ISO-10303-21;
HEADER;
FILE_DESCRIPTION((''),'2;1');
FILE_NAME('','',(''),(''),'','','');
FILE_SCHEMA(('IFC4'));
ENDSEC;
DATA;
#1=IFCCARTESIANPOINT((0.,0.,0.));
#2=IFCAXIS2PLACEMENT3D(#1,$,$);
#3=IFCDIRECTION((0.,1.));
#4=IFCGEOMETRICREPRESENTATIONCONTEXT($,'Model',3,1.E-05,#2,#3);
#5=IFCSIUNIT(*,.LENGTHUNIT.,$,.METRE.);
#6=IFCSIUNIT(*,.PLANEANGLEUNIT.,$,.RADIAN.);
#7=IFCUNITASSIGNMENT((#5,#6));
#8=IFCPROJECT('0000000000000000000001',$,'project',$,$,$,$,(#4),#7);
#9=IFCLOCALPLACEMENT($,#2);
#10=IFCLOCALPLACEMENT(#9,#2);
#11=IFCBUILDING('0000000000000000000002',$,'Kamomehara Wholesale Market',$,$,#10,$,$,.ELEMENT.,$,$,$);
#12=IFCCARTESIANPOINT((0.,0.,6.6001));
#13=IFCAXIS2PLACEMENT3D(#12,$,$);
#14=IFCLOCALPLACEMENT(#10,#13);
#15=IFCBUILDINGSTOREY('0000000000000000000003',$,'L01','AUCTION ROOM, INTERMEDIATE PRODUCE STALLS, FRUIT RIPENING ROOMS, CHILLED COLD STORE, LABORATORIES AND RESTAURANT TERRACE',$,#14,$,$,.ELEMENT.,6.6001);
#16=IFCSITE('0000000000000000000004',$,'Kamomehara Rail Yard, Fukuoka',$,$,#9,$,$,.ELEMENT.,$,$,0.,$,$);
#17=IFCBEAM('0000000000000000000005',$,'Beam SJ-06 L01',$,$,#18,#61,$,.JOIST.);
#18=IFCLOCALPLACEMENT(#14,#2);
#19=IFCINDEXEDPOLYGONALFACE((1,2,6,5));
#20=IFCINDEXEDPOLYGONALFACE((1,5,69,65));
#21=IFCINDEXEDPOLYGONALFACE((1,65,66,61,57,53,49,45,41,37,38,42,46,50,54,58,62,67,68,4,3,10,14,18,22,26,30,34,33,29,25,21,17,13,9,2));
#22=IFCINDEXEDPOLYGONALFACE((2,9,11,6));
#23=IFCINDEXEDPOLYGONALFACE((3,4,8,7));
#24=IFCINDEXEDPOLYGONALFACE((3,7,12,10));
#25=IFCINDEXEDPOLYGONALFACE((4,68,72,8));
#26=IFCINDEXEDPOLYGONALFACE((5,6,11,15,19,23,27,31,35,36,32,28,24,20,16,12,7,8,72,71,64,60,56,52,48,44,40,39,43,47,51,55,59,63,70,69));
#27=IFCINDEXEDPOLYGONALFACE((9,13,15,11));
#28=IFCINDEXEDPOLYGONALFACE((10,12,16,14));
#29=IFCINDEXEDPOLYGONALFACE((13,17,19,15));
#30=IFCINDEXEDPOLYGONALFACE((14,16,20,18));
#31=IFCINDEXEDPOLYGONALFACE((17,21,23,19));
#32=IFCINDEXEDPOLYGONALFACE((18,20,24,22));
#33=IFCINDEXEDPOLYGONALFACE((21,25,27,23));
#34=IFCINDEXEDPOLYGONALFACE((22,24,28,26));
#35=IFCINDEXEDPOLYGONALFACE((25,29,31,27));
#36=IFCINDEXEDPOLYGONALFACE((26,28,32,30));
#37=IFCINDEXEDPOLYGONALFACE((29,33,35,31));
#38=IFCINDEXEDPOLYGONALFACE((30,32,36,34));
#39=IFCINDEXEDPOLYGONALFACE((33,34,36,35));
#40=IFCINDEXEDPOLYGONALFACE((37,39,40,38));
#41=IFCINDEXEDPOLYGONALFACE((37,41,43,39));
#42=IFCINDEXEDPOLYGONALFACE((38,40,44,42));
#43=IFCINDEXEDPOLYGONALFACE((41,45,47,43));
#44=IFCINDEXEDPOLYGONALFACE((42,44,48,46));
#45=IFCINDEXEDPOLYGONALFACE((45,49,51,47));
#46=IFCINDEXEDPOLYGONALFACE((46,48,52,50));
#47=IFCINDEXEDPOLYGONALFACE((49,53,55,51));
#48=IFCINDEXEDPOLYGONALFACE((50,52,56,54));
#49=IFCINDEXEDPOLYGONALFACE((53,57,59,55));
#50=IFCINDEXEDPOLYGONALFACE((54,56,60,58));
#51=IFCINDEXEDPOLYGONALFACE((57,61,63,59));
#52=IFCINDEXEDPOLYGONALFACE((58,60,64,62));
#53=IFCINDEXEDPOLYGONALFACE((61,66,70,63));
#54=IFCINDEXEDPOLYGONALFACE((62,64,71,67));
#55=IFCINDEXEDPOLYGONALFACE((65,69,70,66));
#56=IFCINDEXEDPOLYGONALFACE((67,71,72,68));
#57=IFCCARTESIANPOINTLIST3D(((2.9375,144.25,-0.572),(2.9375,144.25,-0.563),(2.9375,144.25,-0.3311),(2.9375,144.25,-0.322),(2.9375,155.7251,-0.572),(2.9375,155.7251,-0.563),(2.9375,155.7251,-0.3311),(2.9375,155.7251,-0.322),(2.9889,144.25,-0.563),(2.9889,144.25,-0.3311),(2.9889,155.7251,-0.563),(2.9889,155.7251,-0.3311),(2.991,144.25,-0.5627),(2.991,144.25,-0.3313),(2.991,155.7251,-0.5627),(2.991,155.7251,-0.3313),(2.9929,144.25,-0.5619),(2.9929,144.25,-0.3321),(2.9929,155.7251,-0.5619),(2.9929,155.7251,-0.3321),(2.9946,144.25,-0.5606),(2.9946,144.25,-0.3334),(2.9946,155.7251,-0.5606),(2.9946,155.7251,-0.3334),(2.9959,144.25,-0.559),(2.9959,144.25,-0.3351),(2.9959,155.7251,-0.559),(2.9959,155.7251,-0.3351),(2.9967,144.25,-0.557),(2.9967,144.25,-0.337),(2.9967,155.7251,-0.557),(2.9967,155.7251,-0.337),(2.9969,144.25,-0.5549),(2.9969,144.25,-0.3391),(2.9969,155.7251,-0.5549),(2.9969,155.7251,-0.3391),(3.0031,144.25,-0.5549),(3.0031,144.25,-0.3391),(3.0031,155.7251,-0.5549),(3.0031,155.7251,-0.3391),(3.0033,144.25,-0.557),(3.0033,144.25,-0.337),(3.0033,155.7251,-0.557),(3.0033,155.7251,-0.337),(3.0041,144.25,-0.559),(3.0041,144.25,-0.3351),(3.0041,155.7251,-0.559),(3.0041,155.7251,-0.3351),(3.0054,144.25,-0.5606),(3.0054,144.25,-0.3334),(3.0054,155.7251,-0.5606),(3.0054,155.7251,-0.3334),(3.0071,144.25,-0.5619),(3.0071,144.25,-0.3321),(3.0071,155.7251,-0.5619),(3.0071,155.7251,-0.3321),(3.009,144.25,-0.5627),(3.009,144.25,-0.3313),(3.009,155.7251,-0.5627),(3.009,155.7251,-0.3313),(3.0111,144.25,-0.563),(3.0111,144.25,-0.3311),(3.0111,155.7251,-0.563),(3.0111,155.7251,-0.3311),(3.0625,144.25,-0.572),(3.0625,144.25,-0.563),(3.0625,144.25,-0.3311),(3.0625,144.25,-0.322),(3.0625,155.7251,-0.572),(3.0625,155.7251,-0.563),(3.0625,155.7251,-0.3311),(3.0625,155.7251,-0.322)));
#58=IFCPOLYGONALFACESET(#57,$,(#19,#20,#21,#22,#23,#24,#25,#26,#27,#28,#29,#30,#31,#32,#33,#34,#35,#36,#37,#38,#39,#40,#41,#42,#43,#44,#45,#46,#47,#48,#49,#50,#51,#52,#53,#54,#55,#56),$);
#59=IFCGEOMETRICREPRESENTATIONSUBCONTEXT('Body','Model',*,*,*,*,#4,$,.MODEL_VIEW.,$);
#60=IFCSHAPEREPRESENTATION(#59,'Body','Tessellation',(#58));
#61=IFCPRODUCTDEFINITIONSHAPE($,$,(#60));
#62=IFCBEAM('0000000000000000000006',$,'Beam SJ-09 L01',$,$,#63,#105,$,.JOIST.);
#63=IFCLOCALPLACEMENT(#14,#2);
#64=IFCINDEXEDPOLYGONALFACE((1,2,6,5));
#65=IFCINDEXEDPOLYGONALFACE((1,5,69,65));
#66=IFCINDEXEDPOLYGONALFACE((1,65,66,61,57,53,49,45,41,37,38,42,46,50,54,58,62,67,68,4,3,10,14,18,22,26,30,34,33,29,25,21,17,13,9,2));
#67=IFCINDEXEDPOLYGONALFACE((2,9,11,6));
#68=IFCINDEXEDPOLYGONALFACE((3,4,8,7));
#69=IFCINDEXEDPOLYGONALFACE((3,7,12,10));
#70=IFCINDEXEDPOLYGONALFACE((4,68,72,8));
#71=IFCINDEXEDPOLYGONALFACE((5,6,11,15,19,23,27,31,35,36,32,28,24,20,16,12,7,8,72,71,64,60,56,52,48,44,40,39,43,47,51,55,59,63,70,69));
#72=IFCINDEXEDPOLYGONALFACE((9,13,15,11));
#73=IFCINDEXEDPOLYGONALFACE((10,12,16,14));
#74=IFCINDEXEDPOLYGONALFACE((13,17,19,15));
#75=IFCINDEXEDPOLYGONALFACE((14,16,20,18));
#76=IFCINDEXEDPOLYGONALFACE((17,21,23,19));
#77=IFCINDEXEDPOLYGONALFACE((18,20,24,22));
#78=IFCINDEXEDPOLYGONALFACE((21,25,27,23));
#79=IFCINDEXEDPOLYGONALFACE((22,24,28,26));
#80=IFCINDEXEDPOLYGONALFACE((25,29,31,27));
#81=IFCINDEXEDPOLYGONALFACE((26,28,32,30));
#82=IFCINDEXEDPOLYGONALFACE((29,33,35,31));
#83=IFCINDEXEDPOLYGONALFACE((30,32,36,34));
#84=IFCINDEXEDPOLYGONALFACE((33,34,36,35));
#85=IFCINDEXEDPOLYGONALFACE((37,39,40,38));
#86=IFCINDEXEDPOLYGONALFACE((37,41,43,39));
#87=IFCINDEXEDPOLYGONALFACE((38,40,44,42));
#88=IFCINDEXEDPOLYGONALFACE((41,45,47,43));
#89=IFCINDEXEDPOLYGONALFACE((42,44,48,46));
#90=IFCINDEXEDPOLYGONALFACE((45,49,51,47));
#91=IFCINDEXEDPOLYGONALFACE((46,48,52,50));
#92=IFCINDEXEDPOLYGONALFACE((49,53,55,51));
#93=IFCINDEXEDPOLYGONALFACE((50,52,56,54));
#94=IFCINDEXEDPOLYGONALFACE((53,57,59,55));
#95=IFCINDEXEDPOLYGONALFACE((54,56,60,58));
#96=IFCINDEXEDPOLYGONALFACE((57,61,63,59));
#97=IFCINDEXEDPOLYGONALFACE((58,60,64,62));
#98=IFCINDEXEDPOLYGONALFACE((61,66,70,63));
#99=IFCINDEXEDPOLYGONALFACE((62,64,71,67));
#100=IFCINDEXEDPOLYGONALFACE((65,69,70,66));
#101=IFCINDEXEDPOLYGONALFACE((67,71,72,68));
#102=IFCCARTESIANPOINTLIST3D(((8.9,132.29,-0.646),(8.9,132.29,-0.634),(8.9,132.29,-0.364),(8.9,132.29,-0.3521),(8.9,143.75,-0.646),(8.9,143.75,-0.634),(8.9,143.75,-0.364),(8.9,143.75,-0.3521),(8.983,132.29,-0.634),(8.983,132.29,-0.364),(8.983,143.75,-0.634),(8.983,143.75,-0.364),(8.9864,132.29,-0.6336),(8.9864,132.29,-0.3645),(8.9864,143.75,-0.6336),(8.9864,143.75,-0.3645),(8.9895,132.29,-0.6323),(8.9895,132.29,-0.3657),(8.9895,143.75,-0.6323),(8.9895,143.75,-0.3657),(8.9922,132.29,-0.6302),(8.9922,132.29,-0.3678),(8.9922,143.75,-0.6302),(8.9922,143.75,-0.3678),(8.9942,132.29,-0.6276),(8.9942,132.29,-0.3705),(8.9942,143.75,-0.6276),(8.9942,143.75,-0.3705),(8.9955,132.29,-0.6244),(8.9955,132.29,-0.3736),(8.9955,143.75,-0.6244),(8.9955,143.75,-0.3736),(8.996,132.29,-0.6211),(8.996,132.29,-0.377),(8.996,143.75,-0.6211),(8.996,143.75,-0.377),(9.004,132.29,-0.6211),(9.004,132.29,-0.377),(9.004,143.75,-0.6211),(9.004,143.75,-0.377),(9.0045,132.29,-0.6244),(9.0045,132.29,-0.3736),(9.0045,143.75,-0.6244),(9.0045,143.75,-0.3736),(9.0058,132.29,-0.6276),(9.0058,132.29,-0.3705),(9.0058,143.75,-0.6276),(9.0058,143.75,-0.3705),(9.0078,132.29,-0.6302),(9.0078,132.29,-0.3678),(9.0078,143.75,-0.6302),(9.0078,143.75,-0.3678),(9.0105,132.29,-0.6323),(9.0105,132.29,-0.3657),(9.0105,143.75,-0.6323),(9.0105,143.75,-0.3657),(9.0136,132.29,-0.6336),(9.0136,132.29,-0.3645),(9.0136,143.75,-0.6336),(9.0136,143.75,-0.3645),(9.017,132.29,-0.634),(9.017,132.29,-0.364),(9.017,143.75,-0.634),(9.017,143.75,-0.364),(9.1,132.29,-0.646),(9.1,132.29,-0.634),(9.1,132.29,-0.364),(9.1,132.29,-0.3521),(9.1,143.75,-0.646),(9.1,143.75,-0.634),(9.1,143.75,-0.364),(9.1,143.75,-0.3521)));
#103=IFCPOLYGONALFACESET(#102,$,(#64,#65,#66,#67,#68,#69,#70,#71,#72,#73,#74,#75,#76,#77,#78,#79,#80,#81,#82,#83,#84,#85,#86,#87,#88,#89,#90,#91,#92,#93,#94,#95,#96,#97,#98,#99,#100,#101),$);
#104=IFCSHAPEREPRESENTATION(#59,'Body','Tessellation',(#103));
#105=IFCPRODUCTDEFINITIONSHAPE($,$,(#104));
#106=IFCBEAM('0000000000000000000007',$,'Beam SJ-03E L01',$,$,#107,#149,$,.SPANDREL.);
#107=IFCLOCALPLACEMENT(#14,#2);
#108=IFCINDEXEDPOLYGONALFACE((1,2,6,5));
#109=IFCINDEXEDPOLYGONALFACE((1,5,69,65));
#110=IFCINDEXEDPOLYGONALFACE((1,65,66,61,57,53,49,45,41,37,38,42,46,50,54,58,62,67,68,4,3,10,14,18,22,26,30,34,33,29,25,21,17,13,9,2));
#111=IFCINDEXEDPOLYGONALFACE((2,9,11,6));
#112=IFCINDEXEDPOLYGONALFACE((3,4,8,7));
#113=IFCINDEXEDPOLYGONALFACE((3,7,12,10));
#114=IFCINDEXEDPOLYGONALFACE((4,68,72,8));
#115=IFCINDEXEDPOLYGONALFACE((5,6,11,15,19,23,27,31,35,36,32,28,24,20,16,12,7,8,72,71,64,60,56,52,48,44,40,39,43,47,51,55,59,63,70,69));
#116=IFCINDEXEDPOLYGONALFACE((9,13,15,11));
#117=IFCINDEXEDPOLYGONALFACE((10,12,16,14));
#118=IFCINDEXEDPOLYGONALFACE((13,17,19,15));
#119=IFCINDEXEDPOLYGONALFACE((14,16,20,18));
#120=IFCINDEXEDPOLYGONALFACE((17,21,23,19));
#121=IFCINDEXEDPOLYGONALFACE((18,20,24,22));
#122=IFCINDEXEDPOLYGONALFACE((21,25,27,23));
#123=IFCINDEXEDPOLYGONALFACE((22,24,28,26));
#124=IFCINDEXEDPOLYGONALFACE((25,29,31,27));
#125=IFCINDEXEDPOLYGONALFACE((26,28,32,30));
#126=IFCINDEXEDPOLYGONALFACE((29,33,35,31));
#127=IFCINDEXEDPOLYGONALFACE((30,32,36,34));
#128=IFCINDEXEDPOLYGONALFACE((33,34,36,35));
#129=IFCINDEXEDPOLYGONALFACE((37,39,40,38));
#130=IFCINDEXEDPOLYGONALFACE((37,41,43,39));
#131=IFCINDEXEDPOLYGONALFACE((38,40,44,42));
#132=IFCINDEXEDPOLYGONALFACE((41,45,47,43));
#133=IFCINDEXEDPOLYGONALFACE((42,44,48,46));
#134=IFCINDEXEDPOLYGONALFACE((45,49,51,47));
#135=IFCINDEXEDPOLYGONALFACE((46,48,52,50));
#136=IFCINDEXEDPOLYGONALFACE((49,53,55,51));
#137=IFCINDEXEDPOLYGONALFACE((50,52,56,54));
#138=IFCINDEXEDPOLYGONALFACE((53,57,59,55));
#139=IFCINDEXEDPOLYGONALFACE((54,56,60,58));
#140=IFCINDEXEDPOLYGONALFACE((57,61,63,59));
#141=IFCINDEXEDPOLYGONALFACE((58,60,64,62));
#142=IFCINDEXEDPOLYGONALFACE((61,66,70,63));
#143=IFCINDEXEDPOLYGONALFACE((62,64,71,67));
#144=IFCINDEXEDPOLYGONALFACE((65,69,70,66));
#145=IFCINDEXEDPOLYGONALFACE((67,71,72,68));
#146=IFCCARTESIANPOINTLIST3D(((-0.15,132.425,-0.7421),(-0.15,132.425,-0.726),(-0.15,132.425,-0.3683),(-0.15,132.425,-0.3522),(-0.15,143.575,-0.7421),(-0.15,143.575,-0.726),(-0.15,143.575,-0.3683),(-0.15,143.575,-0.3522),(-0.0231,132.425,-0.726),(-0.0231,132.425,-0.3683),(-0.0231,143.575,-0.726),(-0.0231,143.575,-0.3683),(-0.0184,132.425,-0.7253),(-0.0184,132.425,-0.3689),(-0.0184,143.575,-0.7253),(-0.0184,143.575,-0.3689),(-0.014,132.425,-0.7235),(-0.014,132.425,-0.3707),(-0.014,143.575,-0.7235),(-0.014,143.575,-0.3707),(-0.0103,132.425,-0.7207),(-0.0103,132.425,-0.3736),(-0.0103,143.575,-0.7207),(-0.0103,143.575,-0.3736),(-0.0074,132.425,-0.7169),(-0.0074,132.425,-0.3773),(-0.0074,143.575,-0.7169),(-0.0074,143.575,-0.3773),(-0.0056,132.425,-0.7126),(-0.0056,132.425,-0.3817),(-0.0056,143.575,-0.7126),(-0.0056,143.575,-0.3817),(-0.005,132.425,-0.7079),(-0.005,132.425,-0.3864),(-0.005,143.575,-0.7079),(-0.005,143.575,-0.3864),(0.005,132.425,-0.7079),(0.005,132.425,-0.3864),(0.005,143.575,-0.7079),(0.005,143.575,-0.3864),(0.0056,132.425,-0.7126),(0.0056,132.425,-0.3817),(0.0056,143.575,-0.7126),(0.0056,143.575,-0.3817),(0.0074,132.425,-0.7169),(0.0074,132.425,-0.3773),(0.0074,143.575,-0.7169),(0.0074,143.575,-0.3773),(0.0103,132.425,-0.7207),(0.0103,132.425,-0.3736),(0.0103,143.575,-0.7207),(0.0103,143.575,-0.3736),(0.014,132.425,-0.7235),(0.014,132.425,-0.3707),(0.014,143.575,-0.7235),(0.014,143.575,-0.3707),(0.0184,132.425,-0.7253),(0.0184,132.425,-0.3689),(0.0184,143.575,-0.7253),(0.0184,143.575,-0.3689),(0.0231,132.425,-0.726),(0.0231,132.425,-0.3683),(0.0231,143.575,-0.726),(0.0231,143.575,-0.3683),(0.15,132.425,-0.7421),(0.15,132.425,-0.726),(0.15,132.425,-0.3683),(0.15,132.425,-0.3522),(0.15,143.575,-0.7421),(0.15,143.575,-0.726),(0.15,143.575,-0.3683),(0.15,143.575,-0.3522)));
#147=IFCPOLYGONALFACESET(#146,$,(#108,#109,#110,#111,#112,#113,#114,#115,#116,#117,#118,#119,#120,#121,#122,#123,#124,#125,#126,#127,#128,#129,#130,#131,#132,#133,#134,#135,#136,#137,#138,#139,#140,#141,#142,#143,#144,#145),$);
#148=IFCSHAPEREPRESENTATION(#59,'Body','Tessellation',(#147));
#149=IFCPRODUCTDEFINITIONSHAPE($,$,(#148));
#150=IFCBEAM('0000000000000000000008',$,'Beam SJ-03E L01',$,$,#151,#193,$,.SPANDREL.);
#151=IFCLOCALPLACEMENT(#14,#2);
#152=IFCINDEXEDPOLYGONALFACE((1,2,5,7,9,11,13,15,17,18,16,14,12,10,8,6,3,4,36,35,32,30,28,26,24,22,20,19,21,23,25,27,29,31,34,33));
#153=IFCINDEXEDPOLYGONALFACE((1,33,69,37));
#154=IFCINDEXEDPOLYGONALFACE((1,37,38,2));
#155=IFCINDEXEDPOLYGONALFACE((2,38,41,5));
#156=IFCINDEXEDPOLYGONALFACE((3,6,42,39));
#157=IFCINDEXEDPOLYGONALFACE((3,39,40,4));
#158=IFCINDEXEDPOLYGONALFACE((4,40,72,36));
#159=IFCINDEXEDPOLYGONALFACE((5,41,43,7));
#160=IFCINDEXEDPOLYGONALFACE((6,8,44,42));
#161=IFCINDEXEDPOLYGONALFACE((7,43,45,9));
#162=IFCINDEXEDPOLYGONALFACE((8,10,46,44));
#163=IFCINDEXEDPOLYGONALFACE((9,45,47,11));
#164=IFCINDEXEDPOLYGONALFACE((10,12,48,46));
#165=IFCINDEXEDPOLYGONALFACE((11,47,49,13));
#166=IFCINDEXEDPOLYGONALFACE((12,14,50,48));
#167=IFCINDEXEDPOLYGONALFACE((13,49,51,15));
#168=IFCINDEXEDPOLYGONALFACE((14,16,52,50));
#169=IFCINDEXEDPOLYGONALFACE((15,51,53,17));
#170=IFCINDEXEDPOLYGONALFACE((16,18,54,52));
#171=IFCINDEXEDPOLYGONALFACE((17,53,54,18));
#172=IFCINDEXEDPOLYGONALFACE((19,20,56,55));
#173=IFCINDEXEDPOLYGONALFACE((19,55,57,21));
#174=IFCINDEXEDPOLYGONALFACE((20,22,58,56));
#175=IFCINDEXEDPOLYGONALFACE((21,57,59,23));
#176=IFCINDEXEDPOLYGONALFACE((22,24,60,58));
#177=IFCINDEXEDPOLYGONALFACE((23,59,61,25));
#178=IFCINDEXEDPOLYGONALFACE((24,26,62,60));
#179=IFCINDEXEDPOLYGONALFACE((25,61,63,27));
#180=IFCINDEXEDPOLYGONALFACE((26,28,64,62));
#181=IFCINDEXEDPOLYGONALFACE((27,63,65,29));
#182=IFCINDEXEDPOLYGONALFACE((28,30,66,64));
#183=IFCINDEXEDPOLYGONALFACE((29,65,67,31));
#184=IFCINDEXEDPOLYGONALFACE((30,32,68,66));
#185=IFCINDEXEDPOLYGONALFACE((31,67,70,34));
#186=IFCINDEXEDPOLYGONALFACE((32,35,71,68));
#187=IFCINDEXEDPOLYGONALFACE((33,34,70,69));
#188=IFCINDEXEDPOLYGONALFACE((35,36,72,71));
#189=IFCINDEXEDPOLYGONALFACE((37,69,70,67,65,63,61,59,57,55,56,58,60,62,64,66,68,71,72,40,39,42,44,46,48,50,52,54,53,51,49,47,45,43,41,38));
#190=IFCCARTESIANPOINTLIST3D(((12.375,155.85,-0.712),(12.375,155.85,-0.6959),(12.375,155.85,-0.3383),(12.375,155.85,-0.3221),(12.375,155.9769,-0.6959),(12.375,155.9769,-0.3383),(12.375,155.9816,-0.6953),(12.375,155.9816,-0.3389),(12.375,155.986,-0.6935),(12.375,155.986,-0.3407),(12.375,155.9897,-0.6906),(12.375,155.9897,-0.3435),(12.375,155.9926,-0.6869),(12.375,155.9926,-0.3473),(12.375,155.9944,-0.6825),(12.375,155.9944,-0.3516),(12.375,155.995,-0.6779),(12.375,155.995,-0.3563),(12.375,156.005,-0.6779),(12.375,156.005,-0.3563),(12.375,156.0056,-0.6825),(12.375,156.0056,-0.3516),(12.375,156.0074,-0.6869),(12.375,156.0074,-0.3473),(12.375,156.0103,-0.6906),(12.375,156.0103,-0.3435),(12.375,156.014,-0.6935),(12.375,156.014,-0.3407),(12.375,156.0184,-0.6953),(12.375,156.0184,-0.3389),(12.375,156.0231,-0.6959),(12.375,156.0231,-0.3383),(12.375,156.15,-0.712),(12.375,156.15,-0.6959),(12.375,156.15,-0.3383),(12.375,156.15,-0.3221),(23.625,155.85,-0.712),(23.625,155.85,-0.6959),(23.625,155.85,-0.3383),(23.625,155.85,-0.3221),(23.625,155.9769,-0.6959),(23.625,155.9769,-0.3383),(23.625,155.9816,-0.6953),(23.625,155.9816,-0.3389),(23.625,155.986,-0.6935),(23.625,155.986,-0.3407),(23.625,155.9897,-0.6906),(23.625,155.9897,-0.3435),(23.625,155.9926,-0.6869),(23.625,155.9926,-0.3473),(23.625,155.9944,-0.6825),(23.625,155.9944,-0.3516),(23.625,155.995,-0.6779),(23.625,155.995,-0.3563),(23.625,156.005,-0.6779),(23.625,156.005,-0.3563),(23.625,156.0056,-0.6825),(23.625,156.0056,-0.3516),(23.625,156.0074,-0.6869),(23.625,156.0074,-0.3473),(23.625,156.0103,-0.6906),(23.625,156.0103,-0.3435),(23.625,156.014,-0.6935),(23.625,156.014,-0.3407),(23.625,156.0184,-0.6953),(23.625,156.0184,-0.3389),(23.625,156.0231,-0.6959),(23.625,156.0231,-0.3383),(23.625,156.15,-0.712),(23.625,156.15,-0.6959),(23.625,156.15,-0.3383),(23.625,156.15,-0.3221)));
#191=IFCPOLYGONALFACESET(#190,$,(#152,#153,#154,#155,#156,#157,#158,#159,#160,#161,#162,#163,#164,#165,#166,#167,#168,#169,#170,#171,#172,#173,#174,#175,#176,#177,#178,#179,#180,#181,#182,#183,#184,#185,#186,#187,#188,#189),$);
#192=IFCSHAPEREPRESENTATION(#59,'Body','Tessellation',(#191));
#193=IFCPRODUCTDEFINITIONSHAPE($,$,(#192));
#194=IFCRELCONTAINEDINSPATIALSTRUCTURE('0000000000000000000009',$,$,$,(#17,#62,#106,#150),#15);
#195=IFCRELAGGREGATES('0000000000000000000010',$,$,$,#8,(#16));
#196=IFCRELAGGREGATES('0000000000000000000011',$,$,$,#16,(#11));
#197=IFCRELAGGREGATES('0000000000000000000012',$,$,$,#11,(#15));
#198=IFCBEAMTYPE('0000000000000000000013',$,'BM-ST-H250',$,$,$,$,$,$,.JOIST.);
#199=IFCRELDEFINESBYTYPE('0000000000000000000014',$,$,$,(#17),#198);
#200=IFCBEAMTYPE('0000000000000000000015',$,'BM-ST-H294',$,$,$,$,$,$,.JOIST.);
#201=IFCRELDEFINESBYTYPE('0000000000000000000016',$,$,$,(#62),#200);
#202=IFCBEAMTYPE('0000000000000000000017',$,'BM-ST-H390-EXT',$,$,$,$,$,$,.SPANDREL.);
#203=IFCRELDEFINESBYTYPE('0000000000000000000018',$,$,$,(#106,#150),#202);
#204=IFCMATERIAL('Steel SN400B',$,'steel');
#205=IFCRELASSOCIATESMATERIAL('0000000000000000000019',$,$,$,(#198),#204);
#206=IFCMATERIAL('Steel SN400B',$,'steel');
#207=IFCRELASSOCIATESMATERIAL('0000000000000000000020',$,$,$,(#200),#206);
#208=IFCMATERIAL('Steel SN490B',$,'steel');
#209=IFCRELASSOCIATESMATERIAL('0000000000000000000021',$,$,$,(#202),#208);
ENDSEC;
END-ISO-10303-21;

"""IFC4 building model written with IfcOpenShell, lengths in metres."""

from ifc_helpers import new_model, si_unit, direction, frame, origin, origin_2d, place, context, subcontext, project, spatial, i_section, extrude, material, material_profile, profile_set, type_object, element, save


model = new_model("IFC4")

# Units and contexts
model_context = context("Model", 3, precision=1e-05, world=origin(), true_north=direction((0.0, 1.0)))
body_context = subcontext(model_context, "Body", "Model", "MODEL_VIEW")
ifc_project = project(units=[si_unit("LENGTHUNIT", "METRE"), si_unit("PLANEANGLEUNIT", "RADIAN")], contexts=[model_context])

# Site, building, storey
site_placement = place(None, origin())
site = spatial("IfcSite", under=ifc_project, at=site_placement, Name="Kamomehara Rail Yard, Fukuoka", CompositionType="ELEMENT", RefElevation=0.0)
building_placement = place(site_placement, origin())
building = spatial("IfcBuilding", under=site, at=building_placement, Name="Kamomehara Wholesale Market", CompositionType="ELEMENT")
storey_placement = place(building_placement, frame((0.0, 0.0, 6.6001)))
storey = spatial("IfcBuildingStorey", under=building, at=storey_placement, Name="L01", Description="AUCTION ROOM, INTERMEDIATE PRODUCE STALLS, FRUIT RIPENING ROOMS, CHILLED COLD STORE, LABORATORIES AND RESTAURANT TERRACE", CompositionType="ELEMENT", Elevation=6.6001)

# Beams
ifc_material_1 = material(Name="Steel SN400B", Category="steel")
ifc_material_profile_1 = material_profile(ifc_material_1, i_section(OverallWidth=0.125, OverallDepth=0.25, WebThickness=0.0061, FlangeThickness=0.009, FilletRadius=0.0081, at=origin_2d()), Name="H-250x125x6x9")
ifc_profile_set_1 = profile_set([ifc_material_profile_1], Name="Steel SN400B")
beam_type_1 = type_object("IfcBeamType", Name="BM-ST-H250", PredefinedType="JOIST", material=ifc_profile_set_1)
beam_1_placement = place(storey_placement, frame((3.0, 144.25, -0.447), z_axis=(0.0, 1.0, 0.0), x_axis=(-1.0, 0.0, 0.0)))
element("IfcBeam", 1, at=beam_1_placement, inside=storey, type_object=beam_type_1, Name="Beam SJ-06 L01", PredefinedType="JOIST", context=body_context, shape_type="SweptSolid", body=[
    extrude(i_section(OverallWidth=0.125, OverallDepth=0.25, WebThickness=0.0061, FlangeThickness=0.009, FilletRadius=0.0081, at=origin_2d()), origin(), (0.0, 0.0, 1.0), 11.4751),
])
ifc_material_2 = material(Name="Steel SN400B", Category="steel")
ifc_material_profile_2 = material_profile(ifc_material_2, i_section(OverallWidth=0.2, OverallDepth=0.2939, WebThickness=0.0081, FlangeThickness=0.012, FilletRadius=0.0129, at=origin_2d()), Name="H-294x200x8x12")
ifc_profile_set_2 = profile_set([ifc_material_profile_2], Name="Steel SN400B")
beam_type_2 = type_object("IfcBeamType", Name="BM-ST-H294", PredefinedType="JOIST", material=ifc_profile_set_2)
beam_2_placement = place(storey_placement, frame((9.0, 132.29, -0.499), z_axis=(0.0, 1.0, 0.0), x_axis=(-1.0, 0.0, 0.0)))
element("IfcBeam", 2, at=beam_2_placement, inside=storey, type_object=beam_type_2, Name="Beam SJ-09 L01", PredefinedType="JOIST", context=body_context, shape_type="SweptSolid", body=[
    extrude(i_section(OverallWidth=0.2, OverallDepth=0.2939, WebThickness=0.0081, FlangeThickness=0.012, FilletRadius=0.0129, at=origin_2d()), origin(), (0.0, 0.0, 1.0), 11.46),
])
ifc_material_3 = material(Name="Steel SN490B", Category="steel")
ifc_material_profile_3 = material_profile(ifc_material_3, i_section(OverallWidth=0.3, OverallDepth=0.3899, WebThickness=0.01, FlangeThickness=0.0161, FilletRadius=0.0181, at=origin_2d()), Name="H-390x300x10x16")
ifc_profile_set_3 = profile_set([ifc_material_profile_3], Name="Steel SN490B")
beam_type_3 = type_object("IfcBeamType", Name="BM-ST-H390-EXT", PredefinedType="SPANDREL", material=ifc_profile_set_3)
beam_3_placement = place(storey_placement, frame((0.0, 132.425, -0.5471), z_axis=(0.0, 1.0, 0.0), x_axis=(-1.0, 0.0, 0.0)))
element("IfcBeam", 3, at=beam_3_placement, inside=storey, type_object=beam_type_3, Name="Beam SJ-03E L01", PredefinedType="SPANDREL", context=body_context, shape_type="SweptSolid", body=[
    extrude(i_section(OverallWidth=0.3, OverallDepth=0.3899, WebThickness=0.01, FlangeThickness=0.0161, FilletRadius=0.0181, at=origin_2d()), origin(), (0.0, 0.0, 1.0), 11.1499),
])
beam_4_placement = place(storey_placement, frame((12.375, 156.0, -0.5171), z_axis=(1.0, 0.0, 0.0), x_axis=(0.0, 1.0, 0.0)))
element("IfcBeam", 4, at=beam_4_placement, inside=storey, type_object=beam_type_3, Name="Beam SJ-03E L01", PredefinedType="SPANDREL", context=body_context, shape_type="SweptSolid", body=[
    extrude(i_section(OverallWidth=0.3, OverallDepth=0.3899, WebThickness=0.01, FlangeThickness=0.0161, FilletRadius=0.0181, at=origin_2d()), origin(), (0.0, 0.0, 1.0), 11.25),
])

save(model, "model.ifc")
